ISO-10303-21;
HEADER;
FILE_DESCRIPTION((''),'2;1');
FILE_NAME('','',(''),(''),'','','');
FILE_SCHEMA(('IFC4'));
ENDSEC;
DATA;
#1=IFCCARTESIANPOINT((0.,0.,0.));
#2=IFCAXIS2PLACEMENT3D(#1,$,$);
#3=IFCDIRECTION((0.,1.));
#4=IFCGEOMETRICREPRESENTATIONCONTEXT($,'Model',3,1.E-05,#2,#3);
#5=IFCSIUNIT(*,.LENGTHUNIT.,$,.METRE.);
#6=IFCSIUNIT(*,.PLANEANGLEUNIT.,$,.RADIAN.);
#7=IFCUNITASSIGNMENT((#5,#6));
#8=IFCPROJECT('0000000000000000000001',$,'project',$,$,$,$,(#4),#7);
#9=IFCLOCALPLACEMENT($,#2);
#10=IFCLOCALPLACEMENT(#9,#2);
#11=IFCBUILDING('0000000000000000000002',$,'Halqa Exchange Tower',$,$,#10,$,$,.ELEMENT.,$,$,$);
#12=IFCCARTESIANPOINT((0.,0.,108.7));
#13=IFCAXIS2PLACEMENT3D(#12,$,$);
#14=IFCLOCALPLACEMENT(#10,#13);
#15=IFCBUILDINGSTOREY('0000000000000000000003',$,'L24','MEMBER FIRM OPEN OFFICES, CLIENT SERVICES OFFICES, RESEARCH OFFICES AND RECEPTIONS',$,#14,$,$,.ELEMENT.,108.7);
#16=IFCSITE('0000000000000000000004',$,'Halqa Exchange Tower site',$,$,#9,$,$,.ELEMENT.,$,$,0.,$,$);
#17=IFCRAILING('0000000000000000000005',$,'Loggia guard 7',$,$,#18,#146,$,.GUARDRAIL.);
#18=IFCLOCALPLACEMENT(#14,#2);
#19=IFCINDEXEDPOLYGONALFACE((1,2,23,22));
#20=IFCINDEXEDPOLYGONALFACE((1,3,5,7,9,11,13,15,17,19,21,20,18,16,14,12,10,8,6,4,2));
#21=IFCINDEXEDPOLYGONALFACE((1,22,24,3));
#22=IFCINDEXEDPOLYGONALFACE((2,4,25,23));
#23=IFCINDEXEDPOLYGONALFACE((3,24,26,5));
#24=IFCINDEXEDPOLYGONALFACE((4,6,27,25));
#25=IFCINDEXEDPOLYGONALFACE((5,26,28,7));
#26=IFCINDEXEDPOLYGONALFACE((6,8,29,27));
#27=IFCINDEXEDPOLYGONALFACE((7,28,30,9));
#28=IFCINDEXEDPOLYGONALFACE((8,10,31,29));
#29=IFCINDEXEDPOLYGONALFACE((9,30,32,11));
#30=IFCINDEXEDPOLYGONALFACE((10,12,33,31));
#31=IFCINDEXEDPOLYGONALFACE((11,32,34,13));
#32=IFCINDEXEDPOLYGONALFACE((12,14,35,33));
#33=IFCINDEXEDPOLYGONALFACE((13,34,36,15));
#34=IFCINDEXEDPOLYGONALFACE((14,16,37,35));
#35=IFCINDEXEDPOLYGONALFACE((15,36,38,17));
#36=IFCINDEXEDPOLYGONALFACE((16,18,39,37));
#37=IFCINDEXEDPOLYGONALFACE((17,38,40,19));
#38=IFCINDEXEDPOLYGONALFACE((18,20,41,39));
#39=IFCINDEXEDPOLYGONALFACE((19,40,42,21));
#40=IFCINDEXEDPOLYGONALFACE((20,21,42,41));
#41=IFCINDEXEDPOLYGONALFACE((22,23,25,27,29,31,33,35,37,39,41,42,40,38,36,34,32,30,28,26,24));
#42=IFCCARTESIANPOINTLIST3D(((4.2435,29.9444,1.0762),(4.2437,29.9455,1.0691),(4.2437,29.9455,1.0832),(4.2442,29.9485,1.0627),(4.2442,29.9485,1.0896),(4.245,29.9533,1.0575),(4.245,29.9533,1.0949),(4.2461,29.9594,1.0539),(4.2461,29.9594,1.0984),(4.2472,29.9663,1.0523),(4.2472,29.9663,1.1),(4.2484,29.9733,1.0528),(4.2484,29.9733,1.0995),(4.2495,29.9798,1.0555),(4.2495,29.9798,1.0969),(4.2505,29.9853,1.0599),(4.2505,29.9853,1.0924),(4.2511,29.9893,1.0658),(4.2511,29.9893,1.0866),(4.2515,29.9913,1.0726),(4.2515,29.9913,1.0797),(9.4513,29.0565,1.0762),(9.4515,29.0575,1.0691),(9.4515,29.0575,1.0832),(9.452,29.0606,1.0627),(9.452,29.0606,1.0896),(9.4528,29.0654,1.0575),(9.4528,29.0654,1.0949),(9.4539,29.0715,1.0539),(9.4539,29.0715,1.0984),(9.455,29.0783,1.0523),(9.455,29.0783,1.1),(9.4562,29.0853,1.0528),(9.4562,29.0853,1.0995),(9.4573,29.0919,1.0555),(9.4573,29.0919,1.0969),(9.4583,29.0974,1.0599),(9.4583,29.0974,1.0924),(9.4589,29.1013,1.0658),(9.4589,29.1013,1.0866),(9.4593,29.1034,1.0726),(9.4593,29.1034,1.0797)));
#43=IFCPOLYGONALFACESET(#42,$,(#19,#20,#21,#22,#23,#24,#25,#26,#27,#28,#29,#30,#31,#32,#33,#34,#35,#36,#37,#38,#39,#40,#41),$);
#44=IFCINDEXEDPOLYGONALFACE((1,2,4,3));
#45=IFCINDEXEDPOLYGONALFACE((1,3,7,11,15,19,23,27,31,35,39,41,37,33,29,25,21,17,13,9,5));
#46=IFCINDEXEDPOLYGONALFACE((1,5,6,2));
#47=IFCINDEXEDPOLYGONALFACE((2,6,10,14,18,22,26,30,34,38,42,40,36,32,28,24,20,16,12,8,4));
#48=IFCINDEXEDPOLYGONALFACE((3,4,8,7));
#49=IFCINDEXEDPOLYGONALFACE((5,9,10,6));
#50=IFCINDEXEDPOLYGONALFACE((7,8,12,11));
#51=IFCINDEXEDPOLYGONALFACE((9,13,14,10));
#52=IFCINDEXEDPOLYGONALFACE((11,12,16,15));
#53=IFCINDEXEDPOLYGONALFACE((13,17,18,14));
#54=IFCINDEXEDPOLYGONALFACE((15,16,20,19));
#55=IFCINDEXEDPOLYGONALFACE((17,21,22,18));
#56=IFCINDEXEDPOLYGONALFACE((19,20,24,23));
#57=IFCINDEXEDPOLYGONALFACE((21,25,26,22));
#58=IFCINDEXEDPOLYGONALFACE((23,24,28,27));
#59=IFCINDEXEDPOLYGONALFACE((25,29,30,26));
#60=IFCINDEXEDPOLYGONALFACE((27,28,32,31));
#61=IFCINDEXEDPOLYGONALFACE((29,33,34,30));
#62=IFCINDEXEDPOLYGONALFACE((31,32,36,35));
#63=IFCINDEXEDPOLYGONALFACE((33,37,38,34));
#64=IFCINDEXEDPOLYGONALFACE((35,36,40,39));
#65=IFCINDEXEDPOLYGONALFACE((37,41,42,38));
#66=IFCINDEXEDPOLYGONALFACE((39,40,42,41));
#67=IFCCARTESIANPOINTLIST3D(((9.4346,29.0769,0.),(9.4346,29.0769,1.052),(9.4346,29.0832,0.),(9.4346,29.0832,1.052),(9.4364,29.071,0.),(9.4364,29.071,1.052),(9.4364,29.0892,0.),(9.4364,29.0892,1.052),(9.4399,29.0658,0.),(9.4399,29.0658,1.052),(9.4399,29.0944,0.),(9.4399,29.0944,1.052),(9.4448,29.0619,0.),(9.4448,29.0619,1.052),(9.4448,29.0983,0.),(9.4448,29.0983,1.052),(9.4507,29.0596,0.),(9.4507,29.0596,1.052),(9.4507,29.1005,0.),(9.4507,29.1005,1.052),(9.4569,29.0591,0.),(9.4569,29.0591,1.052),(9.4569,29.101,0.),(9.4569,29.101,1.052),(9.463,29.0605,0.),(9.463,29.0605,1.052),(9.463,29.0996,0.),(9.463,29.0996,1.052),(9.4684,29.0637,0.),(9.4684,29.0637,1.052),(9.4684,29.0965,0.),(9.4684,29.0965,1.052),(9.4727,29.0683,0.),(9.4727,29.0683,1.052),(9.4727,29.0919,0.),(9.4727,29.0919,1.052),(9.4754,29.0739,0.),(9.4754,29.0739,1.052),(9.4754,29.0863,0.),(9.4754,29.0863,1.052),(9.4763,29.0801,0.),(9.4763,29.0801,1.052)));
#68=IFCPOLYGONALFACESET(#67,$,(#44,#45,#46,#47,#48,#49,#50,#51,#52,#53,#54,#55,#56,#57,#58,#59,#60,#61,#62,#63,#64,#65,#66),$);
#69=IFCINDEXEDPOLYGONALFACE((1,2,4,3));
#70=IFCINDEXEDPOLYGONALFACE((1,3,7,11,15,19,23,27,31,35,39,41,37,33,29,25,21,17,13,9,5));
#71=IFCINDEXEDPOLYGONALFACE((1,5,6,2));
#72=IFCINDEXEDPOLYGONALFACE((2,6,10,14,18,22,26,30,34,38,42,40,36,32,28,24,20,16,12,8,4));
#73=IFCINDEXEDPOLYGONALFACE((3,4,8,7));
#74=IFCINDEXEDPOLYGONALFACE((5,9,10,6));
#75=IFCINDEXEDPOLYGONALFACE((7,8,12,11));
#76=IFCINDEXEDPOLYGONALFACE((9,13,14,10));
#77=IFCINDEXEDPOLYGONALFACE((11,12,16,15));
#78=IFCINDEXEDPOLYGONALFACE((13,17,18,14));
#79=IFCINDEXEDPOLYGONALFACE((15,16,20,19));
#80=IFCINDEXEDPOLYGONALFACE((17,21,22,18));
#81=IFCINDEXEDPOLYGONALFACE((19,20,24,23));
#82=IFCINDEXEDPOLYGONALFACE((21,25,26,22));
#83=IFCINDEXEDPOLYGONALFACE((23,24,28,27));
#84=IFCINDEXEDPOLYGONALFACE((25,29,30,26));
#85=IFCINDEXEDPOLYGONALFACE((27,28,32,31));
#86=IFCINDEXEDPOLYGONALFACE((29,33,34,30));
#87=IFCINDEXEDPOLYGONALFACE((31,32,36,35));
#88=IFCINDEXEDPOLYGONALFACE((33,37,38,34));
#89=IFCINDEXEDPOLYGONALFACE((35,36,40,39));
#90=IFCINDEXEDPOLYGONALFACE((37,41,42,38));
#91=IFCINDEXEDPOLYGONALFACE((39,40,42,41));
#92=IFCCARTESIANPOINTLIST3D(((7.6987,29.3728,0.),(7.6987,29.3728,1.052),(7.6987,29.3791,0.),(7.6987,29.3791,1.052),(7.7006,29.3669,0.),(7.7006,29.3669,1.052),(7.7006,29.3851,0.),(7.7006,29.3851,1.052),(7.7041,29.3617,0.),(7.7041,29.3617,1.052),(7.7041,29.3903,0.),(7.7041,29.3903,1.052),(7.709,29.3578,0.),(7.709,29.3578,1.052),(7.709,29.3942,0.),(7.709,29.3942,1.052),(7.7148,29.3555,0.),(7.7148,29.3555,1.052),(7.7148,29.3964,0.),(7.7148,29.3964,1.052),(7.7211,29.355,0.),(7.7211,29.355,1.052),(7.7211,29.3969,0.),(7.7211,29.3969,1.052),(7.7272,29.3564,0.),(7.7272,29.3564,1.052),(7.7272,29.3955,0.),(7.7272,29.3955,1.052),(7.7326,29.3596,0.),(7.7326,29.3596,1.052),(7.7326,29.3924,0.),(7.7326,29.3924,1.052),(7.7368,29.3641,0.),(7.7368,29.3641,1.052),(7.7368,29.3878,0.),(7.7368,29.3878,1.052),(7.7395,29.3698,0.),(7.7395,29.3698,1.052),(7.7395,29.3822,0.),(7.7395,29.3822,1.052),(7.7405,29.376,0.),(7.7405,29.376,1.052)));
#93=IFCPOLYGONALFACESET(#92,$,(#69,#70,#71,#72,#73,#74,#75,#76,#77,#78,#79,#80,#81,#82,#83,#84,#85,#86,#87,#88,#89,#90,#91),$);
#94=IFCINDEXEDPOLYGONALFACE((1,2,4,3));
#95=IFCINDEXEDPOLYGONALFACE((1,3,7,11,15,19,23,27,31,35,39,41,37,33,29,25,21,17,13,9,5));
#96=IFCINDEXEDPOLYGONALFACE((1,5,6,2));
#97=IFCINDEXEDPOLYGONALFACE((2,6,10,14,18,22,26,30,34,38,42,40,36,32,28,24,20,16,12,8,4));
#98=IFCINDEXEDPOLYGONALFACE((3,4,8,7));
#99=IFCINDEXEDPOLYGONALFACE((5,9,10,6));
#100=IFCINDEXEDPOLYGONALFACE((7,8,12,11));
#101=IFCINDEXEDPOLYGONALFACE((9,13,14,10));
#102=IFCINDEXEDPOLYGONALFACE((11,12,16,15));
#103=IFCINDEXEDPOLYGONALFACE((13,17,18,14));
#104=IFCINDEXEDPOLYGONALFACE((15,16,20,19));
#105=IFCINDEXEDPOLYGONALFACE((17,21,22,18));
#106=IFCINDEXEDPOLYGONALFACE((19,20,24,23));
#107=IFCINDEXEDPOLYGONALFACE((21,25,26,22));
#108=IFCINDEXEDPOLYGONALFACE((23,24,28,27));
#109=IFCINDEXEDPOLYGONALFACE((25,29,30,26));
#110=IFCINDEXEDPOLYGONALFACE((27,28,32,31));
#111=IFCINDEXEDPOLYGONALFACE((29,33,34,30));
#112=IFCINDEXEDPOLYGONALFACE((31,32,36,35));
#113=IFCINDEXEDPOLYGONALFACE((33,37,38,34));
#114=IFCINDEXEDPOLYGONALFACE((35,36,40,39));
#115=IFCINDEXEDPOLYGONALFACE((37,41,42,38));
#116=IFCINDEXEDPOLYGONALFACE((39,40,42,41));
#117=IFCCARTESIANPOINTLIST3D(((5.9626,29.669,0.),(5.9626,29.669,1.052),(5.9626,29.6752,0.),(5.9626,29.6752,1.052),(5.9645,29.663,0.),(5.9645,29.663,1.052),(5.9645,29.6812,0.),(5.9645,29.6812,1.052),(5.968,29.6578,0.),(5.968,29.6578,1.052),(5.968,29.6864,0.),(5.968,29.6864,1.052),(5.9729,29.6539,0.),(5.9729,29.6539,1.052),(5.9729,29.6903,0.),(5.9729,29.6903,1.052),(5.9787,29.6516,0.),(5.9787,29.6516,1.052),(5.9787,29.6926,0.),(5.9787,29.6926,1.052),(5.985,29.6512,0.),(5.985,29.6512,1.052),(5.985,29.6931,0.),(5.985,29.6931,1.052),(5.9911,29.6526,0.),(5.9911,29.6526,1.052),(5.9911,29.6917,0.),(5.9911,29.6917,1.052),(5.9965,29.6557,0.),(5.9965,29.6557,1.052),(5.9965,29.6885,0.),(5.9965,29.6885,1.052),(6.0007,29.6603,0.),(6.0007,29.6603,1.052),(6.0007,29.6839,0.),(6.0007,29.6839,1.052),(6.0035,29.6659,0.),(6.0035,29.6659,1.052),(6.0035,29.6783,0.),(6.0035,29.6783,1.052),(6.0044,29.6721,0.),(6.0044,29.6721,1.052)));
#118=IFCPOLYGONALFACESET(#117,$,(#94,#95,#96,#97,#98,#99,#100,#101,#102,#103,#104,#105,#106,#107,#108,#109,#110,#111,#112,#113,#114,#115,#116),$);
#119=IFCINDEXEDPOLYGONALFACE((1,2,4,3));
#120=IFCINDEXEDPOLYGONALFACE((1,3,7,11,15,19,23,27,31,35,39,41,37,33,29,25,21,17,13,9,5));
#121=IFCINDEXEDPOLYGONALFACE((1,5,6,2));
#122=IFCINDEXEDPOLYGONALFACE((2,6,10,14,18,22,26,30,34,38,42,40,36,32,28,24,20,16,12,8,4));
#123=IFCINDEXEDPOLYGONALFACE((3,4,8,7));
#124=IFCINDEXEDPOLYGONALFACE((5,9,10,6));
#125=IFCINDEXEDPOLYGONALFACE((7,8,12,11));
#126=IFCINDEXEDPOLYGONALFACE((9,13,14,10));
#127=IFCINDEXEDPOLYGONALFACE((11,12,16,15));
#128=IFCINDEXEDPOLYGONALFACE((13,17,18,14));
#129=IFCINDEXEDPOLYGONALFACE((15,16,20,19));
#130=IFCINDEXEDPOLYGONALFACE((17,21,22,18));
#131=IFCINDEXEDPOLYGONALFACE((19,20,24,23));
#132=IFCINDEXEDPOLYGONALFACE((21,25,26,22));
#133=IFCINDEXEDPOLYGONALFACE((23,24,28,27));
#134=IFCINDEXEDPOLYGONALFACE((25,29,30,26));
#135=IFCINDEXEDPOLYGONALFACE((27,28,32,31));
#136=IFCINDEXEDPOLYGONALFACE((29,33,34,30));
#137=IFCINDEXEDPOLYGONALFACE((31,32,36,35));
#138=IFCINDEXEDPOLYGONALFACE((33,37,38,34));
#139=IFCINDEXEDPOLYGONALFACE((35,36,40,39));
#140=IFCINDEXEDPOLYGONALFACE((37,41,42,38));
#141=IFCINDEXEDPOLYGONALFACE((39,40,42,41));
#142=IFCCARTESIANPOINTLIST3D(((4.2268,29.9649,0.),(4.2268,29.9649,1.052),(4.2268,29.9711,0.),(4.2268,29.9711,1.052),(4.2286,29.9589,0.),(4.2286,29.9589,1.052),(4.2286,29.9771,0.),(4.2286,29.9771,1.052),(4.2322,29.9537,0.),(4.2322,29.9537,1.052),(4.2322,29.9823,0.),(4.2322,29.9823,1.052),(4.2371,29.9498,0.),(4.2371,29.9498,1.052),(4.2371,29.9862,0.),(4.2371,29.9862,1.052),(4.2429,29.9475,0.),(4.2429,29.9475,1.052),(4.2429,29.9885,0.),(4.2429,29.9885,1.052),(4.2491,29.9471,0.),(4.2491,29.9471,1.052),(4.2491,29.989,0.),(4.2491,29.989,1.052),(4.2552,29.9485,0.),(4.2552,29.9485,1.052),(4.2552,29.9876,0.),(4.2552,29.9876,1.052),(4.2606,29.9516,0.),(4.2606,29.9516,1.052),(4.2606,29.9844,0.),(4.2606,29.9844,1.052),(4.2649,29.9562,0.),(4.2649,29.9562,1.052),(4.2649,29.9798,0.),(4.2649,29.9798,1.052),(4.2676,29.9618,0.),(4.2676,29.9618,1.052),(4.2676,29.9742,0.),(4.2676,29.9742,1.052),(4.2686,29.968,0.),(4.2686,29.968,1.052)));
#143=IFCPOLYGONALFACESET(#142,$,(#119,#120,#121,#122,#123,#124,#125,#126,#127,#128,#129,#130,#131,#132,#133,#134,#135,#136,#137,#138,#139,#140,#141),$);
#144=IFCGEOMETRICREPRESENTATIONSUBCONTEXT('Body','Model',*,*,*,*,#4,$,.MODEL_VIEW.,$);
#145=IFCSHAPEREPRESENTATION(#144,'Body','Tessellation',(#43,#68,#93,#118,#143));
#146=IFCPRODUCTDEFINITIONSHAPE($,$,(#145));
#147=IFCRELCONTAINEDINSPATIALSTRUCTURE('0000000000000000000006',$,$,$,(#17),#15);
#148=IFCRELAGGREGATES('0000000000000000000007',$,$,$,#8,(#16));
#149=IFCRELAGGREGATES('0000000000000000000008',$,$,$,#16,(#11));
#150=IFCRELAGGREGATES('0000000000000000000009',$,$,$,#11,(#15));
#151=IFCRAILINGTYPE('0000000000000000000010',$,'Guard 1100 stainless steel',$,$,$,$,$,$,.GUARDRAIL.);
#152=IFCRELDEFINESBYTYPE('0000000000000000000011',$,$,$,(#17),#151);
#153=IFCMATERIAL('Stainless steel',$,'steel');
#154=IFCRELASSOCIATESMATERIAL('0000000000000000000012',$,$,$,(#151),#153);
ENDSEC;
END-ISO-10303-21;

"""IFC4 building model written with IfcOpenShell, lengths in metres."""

from ifc_helpers import new_model, si_unit, direction, frame, origin, origin_2d, place, context, subcontext, project, spatial, circle, extrude, material, type_object, element, save


model = new_model("IFC4")

# Units and contexts
model_context = context("Model", 3, precision=1e-05, world=origin(), true_north=direction((0.0, 1.0)))
body_context = subcontext(model_context, "Body", "Model", "MODEL_VIEW")
ifc_project = project(units=[si_unit("LENGTHUNIT", "METRE"), si_unit("PLANEANGLEUNIT", "RADIAN")], contexts=[model_context])

# Site, building, storey
site_placement = place(None, origin())
site = spatial("IfcSite", under=ifc_project, at=site_placement, Name="Halqa Exchange Tower site", CompositionType="ELEMENT", RefElevation=0.0)
building_placement = place(site_placement, origin())
building = spatial("IfcBuilding", under=site, at=building_placement, Name="Halqa Exchange Tower", CompositionType="ELEMENT")
storey_placement = place(building_placement, frame((0.0, 0.0, 108.7)))
storey = spatial("IfcBuildingStorey", under=building, at=storey_placement, Name="L24", Description="MEMBER FIRM OPEN OFFICES, CLIENT SERVICES OFFICES, RESEARCH OFFICES AND RECEPTIONS", CompositionType="ELEMENT", Elevation=108.7)

# Railing
ifc_material_1 = material(Name="Stainless steel", Category="steel")
railing_type_1 = type_object("IfcRailingType", Name="Guard 1100 stainless steel", PredefinedType="GUARDRAIL", material=ifc_material_1)
railing_1_placement = place(storey_placement, frame((9.4553, 29.0801, 0.0)))
element("IfcRailing", 1, at=railing_1_placement, inside=storey, type_object=railing_type_1, Name="Loggia guard 7", PredefinedType="GUARDRAIL", context=body_context, shape_type="SweptSolid", body=[
    extrude(circle(Radius=0.0239, at=origin_2d()), frame((0.0, 0.0, 1.0762), z_axis=(-0.985774, 0.168077, 0.0), x_axis=(-0.168077, -0.985774, 0.0)), (0.0, 0.0, 1.0), 5.283),
    extrude(circle(Radius=0.021, at=origin_2d()), origin(), (0.0, 0.0, 1.0), 1.052),
    extrude(circle(Radius=0.021, at=origin_2d()), frame((-1.7358, 0.2959, 0.0)), (0.0, 0.0, 1.0), 1.052),
    extrude(circle(Radius=0.021, at=origin_2d()), frame((-3.4719, 0.592, 0.0)), (0.0, 0.0, 1.0), 1.052),
    extrude(circle(Radius=0.021, at=origin_2d()), frame((-5.2078, 0.8879, 0.0)), (0.0, 0.0, 1.0), 1.052),
])

save(model, "model.ifc")
